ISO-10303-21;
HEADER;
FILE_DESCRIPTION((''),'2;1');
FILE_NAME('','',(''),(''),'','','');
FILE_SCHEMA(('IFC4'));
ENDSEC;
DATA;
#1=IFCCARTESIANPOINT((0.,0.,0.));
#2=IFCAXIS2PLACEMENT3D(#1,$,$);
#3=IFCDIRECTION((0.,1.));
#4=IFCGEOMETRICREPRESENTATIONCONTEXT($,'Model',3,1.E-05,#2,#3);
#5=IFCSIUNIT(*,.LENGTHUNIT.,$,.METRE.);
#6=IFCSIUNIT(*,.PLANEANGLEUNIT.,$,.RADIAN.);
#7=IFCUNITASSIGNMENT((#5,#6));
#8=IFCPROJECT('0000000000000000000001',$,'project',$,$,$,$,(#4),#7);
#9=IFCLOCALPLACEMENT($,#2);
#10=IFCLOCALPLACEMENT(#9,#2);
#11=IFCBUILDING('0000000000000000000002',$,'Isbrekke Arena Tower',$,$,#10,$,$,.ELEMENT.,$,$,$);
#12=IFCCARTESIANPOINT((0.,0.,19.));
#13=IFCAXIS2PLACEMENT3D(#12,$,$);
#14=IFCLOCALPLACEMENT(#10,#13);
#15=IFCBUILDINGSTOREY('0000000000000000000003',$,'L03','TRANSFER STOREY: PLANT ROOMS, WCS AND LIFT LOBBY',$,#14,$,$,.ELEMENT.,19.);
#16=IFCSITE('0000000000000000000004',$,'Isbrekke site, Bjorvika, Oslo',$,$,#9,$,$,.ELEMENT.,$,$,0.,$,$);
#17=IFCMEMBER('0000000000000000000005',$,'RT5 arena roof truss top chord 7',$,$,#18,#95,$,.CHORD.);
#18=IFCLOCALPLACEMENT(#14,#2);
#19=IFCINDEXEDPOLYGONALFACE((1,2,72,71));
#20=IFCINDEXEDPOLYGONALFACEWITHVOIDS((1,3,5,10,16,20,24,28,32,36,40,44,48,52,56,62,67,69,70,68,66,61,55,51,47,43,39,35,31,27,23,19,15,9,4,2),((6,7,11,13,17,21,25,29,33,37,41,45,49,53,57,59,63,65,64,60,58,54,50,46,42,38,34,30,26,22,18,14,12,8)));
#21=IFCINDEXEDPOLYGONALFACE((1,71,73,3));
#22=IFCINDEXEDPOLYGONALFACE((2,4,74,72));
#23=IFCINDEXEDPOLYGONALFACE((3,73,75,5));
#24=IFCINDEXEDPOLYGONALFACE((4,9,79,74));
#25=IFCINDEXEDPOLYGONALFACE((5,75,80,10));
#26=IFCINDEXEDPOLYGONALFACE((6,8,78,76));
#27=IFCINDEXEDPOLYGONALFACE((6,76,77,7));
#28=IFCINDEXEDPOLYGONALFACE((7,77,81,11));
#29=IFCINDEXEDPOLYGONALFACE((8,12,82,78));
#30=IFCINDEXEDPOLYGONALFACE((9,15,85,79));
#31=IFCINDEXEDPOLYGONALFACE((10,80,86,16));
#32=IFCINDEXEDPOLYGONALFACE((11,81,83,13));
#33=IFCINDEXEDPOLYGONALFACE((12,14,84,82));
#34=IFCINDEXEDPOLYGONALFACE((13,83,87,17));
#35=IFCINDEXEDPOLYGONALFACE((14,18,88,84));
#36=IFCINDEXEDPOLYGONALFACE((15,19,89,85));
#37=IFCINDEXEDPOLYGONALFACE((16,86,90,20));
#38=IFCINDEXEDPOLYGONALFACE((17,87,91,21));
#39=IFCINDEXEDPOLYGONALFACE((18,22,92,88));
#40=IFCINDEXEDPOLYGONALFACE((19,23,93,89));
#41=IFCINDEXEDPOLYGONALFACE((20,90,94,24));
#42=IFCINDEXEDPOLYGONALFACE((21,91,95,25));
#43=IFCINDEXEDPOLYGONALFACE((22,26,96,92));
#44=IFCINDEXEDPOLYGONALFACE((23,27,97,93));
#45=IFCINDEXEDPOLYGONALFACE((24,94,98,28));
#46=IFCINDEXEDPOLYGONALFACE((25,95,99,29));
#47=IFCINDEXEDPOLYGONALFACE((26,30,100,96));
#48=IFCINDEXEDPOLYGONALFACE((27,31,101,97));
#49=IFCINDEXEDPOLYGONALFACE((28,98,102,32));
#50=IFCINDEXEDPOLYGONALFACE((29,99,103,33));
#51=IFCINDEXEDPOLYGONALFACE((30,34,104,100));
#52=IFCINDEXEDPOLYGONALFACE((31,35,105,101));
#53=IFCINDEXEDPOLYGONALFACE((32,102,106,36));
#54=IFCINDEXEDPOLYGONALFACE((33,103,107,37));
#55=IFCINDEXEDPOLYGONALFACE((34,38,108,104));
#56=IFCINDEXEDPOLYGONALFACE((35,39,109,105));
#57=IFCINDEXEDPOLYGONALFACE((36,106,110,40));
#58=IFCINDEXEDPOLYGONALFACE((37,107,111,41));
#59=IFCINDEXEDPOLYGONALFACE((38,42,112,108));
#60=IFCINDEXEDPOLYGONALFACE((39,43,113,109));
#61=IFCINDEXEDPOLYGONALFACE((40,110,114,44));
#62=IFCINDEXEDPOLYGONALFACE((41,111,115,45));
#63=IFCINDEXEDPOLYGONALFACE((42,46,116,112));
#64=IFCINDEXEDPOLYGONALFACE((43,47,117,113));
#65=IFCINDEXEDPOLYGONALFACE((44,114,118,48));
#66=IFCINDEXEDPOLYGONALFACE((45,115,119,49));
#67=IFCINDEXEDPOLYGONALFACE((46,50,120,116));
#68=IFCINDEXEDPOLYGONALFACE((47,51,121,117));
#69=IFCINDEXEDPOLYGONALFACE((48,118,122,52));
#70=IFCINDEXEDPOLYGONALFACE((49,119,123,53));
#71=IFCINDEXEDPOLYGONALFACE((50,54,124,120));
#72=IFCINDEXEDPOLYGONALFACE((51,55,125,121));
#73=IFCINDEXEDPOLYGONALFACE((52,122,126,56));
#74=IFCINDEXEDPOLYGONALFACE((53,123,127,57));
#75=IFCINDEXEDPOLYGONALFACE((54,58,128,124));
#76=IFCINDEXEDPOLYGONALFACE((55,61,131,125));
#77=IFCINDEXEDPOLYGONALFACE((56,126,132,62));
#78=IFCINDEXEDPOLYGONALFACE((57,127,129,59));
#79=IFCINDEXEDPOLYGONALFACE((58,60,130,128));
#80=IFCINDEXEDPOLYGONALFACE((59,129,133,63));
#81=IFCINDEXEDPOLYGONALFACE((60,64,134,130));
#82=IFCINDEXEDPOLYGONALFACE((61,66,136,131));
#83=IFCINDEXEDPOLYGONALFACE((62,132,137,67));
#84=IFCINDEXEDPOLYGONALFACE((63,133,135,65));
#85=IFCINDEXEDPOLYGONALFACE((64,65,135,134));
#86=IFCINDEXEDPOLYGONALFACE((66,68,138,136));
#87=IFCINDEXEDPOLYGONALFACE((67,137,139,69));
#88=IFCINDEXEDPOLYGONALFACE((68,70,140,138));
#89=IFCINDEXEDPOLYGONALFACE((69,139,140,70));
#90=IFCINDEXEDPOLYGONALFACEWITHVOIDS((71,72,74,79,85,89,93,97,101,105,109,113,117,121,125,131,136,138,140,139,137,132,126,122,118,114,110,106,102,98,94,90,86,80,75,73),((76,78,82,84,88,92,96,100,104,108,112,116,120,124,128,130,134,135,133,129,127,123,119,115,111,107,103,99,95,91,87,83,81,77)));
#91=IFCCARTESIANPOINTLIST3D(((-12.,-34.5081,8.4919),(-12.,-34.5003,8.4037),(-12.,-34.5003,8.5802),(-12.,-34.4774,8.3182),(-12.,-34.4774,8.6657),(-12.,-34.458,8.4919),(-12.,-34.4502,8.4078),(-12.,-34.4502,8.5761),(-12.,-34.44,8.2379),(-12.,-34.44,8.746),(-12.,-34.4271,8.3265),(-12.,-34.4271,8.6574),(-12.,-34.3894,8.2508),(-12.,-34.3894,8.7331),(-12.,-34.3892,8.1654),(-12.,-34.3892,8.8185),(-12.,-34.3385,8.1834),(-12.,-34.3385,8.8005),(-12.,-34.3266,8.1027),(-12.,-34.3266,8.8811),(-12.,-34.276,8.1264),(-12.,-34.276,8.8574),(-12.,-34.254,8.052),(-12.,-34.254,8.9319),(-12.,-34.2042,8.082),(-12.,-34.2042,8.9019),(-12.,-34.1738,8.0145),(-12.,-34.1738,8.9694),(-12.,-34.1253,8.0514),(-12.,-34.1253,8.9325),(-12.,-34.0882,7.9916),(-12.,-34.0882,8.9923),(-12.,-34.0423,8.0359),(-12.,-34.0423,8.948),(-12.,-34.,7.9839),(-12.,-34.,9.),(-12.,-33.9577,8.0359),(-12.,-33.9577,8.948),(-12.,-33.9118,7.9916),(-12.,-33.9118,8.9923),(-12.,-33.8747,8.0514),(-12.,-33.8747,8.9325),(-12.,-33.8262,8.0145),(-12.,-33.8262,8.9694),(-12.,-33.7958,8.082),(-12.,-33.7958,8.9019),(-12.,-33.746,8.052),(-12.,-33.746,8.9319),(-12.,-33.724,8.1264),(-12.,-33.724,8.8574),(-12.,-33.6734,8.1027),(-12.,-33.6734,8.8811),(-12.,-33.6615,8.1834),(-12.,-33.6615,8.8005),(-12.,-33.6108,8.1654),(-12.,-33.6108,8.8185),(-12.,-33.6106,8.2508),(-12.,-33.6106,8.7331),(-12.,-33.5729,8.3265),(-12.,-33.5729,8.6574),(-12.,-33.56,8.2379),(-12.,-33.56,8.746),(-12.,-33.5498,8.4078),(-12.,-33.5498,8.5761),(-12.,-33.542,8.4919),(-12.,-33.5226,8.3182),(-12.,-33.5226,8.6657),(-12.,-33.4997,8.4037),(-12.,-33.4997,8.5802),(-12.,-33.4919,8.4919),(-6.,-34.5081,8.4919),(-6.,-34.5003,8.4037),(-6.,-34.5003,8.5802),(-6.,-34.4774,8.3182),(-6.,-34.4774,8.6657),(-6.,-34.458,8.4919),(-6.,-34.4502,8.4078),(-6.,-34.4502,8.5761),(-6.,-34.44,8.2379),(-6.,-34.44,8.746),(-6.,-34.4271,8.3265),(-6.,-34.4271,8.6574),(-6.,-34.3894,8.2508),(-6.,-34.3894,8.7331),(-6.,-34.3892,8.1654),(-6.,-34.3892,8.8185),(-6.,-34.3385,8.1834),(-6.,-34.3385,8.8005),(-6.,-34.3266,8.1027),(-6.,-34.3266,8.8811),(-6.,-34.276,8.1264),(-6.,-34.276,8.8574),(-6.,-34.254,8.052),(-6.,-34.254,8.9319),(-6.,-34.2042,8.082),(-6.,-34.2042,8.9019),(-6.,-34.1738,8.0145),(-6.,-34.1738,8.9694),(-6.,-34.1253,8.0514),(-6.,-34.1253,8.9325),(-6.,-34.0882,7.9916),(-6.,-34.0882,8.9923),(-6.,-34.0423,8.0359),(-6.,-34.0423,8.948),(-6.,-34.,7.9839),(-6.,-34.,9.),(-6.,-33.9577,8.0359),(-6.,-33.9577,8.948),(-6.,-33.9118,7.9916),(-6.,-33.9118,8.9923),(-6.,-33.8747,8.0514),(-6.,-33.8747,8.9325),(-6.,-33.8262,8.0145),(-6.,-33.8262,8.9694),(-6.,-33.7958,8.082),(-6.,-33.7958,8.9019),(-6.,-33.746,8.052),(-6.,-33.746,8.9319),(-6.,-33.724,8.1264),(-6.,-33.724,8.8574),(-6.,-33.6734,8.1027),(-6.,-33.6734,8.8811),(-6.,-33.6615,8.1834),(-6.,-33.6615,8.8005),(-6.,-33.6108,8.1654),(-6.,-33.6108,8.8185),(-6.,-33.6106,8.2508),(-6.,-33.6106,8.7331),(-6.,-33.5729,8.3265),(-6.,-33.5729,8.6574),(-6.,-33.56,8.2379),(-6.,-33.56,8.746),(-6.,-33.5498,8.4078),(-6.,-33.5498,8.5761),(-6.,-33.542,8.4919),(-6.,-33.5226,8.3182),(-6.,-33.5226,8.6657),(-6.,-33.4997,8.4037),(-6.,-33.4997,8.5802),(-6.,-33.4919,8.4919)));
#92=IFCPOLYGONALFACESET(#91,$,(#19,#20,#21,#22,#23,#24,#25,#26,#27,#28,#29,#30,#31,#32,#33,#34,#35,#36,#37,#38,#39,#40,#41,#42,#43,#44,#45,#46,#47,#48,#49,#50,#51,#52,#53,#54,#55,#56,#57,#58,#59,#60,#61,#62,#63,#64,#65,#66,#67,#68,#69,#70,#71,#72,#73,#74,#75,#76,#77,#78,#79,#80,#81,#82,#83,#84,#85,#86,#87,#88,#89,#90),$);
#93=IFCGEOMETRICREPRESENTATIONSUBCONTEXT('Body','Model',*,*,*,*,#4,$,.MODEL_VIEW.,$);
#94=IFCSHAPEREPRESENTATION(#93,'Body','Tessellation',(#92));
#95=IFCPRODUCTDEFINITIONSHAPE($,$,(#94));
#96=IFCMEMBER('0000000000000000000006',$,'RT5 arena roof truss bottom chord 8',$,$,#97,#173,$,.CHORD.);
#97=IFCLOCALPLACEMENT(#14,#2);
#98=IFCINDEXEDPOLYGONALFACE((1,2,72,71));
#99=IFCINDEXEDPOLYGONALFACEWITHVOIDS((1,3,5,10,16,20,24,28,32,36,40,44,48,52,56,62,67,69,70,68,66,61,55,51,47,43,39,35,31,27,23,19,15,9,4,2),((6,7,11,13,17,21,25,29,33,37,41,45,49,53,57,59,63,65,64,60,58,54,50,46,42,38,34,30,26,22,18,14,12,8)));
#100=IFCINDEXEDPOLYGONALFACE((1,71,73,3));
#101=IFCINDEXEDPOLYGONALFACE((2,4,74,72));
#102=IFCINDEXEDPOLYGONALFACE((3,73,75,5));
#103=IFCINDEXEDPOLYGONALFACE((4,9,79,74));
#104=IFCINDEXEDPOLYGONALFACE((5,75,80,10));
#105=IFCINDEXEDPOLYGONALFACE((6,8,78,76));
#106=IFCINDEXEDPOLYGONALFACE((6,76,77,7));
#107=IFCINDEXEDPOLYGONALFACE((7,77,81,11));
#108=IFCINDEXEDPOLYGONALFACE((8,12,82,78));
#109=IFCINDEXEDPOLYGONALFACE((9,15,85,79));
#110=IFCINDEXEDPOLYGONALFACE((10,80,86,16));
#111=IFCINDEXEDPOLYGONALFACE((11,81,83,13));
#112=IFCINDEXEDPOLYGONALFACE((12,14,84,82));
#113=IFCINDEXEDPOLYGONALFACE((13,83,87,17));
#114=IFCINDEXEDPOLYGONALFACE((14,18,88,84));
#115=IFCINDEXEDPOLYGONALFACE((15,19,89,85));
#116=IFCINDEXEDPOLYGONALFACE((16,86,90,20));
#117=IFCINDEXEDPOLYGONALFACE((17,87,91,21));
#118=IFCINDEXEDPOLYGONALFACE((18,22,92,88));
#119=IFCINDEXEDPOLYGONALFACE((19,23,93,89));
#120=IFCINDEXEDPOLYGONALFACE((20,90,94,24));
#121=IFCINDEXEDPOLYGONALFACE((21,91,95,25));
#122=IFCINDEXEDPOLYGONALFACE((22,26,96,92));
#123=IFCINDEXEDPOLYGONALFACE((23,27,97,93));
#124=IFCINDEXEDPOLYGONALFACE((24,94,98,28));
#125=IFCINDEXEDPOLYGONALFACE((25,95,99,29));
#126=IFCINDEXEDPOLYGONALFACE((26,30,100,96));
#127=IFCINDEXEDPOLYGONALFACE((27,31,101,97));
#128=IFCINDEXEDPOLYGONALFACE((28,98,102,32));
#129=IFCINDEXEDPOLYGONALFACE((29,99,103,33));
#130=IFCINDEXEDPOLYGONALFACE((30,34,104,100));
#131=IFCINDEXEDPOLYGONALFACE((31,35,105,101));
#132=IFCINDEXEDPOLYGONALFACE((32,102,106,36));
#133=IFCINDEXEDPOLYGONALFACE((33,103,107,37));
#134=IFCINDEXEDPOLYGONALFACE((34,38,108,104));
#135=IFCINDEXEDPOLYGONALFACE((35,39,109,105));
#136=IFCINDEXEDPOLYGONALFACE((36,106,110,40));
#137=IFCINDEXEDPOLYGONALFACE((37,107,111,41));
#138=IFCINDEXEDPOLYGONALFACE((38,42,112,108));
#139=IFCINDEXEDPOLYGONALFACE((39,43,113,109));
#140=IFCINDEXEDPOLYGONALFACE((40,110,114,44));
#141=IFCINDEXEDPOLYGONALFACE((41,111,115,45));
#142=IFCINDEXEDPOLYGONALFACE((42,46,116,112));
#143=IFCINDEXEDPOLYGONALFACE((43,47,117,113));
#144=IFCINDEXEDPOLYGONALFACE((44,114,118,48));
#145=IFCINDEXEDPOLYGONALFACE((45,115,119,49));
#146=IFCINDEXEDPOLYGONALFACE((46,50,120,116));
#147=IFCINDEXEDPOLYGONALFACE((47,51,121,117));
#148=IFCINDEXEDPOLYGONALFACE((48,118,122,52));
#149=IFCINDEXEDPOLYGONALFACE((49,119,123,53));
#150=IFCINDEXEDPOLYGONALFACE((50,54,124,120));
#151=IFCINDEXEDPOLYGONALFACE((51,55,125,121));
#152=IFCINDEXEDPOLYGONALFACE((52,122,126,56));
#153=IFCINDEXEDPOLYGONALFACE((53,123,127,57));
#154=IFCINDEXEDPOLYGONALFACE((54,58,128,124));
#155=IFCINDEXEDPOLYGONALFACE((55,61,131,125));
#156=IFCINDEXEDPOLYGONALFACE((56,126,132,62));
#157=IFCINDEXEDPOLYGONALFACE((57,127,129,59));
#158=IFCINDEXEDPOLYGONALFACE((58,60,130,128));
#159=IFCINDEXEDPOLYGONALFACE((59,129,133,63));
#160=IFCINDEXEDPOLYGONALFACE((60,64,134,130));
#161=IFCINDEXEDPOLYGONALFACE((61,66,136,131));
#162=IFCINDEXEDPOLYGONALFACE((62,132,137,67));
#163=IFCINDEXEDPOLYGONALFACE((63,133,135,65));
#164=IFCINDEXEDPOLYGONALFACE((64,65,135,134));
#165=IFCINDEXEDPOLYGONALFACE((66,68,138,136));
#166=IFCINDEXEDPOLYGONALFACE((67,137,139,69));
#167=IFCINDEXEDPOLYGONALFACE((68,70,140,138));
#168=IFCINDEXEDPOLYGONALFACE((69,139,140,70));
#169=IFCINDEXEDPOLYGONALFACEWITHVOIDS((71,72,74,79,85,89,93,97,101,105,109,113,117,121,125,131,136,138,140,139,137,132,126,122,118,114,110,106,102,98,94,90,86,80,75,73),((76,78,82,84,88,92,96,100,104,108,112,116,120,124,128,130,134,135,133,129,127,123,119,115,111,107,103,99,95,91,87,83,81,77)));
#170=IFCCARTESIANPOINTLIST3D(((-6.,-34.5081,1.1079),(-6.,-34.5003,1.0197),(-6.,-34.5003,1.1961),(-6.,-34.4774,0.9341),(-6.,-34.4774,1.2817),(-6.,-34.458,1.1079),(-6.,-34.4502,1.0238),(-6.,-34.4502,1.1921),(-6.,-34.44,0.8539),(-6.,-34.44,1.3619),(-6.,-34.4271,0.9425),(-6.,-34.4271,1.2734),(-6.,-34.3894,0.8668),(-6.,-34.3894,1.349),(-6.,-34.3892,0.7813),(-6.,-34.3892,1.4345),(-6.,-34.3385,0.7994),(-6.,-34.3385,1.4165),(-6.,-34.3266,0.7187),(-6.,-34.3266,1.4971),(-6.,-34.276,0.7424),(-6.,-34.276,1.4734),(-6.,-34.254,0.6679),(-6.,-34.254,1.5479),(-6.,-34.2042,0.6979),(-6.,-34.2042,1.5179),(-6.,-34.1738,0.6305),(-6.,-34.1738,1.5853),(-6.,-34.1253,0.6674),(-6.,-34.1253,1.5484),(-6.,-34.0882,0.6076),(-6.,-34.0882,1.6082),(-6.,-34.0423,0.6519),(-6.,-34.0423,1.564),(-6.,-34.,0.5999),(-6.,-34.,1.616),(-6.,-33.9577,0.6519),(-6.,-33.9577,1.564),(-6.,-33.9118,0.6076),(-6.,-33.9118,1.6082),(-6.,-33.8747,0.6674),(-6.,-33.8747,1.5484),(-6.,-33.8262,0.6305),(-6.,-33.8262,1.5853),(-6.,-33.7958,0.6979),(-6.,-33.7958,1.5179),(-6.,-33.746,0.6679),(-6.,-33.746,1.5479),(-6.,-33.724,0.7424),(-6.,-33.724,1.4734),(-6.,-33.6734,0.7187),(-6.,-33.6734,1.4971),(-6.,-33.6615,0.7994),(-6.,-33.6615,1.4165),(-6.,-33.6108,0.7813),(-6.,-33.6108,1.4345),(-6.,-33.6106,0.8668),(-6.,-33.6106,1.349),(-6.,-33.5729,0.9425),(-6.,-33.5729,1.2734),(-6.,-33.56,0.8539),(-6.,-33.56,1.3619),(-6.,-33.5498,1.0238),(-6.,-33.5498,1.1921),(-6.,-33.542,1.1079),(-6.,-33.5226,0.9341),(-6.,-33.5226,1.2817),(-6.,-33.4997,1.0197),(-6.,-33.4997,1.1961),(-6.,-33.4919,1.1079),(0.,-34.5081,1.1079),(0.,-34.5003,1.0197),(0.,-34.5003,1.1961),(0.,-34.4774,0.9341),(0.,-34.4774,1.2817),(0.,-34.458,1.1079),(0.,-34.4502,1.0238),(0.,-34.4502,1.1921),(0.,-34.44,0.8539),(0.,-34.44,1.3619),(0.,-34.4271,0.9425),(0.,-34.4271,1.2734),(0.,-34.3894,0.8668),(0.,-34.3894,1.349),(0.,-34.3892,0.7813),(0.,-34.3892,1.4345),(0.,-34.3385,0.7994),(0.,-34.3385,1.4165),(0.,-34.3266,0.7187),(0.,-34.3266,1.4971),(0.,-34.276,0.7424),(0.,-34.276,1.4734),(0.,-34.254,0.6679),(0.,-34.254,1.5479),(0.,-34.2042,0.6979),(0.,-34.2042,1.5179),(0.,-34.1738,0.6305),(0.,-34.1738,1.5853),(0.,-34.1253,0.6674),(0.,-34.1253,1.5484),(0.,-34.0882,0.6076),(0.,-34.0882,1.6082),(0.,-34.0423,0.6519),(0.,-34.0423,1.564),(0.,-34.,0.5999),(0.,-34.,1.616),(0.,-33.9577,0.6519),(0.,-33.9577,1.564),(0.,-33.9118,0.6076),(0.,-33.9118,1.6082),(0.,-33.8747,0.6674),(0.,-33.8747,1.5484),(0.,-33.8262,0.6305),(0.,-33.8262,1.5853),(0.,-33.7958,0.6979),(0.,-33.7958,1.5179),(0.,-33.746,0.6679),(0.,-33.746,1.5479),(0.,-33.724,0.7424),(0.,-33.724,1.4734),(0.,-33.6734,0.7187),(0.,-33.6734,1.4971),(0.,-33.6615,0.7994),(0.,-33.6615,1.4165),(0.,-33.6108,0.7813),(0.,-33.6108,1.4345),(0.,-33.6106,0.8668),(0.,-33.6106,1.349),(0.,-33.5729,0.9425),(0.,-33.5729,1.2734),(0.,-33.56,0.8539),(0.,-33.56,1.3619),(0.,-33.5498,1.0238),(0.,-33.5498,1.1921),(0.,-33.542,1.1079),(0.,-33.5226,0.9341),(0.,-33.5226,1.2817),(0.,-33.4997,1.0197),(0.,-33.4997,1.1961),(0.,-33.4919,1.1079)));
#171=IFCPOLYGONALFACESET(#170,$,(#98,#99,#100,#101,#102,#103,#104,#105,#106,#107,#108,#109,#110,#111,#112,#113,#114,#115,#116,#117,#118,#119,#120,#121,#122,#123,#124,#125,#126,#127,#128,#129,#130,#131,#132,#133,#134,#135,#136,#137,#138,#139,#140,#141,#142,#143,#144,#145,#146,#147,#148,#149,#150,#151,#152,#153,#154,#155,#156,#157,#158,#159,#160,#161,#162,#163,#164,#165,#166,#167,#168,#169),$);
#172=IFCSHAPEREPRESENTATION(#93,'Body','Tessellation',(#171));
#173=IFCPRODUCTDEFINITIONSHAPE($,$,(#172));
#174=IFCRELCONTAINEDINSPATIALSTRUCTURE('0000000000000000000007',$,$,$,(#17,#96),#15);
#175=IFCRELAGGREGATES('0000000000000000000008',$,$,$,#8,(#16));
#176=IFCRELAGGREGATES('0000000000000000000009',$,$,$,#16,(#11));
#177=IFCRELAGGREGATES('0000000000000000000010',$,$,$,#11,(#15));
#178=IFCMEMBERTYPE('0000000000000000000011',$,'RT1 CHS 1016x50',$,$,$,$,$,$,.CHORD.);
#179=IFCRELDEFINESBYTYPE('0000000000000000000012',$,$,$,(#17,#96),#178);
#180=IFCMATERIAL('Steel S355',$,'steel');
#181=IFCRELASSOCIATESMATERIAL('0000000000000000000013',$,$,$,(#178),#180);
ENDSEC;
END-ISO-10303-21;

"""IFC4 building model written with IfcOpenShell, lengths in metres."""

from ifc_helpers import new_model, si_unit, direction, frame, origin, origin_2d, place, context, subcontext, project, spatial, hollow_circle, extrude, material, material_profile, profile_set, type_object, element, save


model = new_model("IFC4")

# Units and contexts
model_context = context("Model", 3, precision=1e-05, world=origin(), true_north=direction((0.0, 1.0)))
body_context = subcontext(model_context, "Body", "Model", "MODEL_VIEW")
ifc_project = project(units=[si_unit("LENGTHUNIT", "METRE"), si_unit("PLANEANGLEUNIT", "RADIAN")], contexts=[model_context])

# Site, building, storey
site_placement = place(None, origin())
site = spatial("IfcSite", under=ifc_project, at=site_placement, Name="Isbrekke site, Bjorvika, Oslo", CompositionType="ELEMENT", RefElevation=0.0)
building_placement = place(site_placement, origin())
building = spatial("IfcBuilding", under=site, at=building_placement, Name="Isbrekke Arena Tower", CompositionType="ELEMENT")
storey_placement = place(building_placement, frame((0.0, 0.0, 19.0)))
storey = spatial("IfcBuildingStorey", under=building, at=storey_placement, Name="L03", Description="TRANSFER STOREY: PLANT ROOMS, WCS AND LIFT LOBBY", CompositionType="ELEMENT", Elevation=19.0)

# Members
ifc_material_1 = material(Name="Steel S355", Category="steel")
ifc_material_profile_1 = material_profile(ifc_material_1, hollow_circle(Radius=0.5081, WallThickness=0.05, at=origin_2d()), Name="CHS 1016x50")
ifc_profile_set_1 = profile_set([ifc_material_profile_1], Name="Steel S355")
member_type_1 = type_object("IfcMemberType", Name="RT1 CHS 1016x50", PredefinedType="CHORD", material=ifc_profile_set_1)
for number, where, z_axis, x_axis, name in (
    (1, (-12.0, -34.0, 8.4919), (1.0, 0.0, 0.0), (0.0, 1.0, 0.0), "RT5 arena roof truss top chord 7"),
    (2, (-6.0, -34.0, 1.1079), (1.0, 0.0, 0.0), (0.0, 1.0, 0.0), "RT5 arena roof truss bottom chord 8"),
):
    element("IfcMember", number, at=place(storey_placement, frame(where, z_axis=z_axis, x_axis=x_axis)), inside=storey, type_object=member_type_1, Name=name, PredefinedType="CHORD", context=body_context, shape_type="SweptSolid", body=[
        extrude(hollow_circle(Radius=0.5081, WallThickness=0.05, at=origin_2d()), origin(), (0.0, 0.0, 1.0), 6.0),
    ])

save(model, "model.ifc")
